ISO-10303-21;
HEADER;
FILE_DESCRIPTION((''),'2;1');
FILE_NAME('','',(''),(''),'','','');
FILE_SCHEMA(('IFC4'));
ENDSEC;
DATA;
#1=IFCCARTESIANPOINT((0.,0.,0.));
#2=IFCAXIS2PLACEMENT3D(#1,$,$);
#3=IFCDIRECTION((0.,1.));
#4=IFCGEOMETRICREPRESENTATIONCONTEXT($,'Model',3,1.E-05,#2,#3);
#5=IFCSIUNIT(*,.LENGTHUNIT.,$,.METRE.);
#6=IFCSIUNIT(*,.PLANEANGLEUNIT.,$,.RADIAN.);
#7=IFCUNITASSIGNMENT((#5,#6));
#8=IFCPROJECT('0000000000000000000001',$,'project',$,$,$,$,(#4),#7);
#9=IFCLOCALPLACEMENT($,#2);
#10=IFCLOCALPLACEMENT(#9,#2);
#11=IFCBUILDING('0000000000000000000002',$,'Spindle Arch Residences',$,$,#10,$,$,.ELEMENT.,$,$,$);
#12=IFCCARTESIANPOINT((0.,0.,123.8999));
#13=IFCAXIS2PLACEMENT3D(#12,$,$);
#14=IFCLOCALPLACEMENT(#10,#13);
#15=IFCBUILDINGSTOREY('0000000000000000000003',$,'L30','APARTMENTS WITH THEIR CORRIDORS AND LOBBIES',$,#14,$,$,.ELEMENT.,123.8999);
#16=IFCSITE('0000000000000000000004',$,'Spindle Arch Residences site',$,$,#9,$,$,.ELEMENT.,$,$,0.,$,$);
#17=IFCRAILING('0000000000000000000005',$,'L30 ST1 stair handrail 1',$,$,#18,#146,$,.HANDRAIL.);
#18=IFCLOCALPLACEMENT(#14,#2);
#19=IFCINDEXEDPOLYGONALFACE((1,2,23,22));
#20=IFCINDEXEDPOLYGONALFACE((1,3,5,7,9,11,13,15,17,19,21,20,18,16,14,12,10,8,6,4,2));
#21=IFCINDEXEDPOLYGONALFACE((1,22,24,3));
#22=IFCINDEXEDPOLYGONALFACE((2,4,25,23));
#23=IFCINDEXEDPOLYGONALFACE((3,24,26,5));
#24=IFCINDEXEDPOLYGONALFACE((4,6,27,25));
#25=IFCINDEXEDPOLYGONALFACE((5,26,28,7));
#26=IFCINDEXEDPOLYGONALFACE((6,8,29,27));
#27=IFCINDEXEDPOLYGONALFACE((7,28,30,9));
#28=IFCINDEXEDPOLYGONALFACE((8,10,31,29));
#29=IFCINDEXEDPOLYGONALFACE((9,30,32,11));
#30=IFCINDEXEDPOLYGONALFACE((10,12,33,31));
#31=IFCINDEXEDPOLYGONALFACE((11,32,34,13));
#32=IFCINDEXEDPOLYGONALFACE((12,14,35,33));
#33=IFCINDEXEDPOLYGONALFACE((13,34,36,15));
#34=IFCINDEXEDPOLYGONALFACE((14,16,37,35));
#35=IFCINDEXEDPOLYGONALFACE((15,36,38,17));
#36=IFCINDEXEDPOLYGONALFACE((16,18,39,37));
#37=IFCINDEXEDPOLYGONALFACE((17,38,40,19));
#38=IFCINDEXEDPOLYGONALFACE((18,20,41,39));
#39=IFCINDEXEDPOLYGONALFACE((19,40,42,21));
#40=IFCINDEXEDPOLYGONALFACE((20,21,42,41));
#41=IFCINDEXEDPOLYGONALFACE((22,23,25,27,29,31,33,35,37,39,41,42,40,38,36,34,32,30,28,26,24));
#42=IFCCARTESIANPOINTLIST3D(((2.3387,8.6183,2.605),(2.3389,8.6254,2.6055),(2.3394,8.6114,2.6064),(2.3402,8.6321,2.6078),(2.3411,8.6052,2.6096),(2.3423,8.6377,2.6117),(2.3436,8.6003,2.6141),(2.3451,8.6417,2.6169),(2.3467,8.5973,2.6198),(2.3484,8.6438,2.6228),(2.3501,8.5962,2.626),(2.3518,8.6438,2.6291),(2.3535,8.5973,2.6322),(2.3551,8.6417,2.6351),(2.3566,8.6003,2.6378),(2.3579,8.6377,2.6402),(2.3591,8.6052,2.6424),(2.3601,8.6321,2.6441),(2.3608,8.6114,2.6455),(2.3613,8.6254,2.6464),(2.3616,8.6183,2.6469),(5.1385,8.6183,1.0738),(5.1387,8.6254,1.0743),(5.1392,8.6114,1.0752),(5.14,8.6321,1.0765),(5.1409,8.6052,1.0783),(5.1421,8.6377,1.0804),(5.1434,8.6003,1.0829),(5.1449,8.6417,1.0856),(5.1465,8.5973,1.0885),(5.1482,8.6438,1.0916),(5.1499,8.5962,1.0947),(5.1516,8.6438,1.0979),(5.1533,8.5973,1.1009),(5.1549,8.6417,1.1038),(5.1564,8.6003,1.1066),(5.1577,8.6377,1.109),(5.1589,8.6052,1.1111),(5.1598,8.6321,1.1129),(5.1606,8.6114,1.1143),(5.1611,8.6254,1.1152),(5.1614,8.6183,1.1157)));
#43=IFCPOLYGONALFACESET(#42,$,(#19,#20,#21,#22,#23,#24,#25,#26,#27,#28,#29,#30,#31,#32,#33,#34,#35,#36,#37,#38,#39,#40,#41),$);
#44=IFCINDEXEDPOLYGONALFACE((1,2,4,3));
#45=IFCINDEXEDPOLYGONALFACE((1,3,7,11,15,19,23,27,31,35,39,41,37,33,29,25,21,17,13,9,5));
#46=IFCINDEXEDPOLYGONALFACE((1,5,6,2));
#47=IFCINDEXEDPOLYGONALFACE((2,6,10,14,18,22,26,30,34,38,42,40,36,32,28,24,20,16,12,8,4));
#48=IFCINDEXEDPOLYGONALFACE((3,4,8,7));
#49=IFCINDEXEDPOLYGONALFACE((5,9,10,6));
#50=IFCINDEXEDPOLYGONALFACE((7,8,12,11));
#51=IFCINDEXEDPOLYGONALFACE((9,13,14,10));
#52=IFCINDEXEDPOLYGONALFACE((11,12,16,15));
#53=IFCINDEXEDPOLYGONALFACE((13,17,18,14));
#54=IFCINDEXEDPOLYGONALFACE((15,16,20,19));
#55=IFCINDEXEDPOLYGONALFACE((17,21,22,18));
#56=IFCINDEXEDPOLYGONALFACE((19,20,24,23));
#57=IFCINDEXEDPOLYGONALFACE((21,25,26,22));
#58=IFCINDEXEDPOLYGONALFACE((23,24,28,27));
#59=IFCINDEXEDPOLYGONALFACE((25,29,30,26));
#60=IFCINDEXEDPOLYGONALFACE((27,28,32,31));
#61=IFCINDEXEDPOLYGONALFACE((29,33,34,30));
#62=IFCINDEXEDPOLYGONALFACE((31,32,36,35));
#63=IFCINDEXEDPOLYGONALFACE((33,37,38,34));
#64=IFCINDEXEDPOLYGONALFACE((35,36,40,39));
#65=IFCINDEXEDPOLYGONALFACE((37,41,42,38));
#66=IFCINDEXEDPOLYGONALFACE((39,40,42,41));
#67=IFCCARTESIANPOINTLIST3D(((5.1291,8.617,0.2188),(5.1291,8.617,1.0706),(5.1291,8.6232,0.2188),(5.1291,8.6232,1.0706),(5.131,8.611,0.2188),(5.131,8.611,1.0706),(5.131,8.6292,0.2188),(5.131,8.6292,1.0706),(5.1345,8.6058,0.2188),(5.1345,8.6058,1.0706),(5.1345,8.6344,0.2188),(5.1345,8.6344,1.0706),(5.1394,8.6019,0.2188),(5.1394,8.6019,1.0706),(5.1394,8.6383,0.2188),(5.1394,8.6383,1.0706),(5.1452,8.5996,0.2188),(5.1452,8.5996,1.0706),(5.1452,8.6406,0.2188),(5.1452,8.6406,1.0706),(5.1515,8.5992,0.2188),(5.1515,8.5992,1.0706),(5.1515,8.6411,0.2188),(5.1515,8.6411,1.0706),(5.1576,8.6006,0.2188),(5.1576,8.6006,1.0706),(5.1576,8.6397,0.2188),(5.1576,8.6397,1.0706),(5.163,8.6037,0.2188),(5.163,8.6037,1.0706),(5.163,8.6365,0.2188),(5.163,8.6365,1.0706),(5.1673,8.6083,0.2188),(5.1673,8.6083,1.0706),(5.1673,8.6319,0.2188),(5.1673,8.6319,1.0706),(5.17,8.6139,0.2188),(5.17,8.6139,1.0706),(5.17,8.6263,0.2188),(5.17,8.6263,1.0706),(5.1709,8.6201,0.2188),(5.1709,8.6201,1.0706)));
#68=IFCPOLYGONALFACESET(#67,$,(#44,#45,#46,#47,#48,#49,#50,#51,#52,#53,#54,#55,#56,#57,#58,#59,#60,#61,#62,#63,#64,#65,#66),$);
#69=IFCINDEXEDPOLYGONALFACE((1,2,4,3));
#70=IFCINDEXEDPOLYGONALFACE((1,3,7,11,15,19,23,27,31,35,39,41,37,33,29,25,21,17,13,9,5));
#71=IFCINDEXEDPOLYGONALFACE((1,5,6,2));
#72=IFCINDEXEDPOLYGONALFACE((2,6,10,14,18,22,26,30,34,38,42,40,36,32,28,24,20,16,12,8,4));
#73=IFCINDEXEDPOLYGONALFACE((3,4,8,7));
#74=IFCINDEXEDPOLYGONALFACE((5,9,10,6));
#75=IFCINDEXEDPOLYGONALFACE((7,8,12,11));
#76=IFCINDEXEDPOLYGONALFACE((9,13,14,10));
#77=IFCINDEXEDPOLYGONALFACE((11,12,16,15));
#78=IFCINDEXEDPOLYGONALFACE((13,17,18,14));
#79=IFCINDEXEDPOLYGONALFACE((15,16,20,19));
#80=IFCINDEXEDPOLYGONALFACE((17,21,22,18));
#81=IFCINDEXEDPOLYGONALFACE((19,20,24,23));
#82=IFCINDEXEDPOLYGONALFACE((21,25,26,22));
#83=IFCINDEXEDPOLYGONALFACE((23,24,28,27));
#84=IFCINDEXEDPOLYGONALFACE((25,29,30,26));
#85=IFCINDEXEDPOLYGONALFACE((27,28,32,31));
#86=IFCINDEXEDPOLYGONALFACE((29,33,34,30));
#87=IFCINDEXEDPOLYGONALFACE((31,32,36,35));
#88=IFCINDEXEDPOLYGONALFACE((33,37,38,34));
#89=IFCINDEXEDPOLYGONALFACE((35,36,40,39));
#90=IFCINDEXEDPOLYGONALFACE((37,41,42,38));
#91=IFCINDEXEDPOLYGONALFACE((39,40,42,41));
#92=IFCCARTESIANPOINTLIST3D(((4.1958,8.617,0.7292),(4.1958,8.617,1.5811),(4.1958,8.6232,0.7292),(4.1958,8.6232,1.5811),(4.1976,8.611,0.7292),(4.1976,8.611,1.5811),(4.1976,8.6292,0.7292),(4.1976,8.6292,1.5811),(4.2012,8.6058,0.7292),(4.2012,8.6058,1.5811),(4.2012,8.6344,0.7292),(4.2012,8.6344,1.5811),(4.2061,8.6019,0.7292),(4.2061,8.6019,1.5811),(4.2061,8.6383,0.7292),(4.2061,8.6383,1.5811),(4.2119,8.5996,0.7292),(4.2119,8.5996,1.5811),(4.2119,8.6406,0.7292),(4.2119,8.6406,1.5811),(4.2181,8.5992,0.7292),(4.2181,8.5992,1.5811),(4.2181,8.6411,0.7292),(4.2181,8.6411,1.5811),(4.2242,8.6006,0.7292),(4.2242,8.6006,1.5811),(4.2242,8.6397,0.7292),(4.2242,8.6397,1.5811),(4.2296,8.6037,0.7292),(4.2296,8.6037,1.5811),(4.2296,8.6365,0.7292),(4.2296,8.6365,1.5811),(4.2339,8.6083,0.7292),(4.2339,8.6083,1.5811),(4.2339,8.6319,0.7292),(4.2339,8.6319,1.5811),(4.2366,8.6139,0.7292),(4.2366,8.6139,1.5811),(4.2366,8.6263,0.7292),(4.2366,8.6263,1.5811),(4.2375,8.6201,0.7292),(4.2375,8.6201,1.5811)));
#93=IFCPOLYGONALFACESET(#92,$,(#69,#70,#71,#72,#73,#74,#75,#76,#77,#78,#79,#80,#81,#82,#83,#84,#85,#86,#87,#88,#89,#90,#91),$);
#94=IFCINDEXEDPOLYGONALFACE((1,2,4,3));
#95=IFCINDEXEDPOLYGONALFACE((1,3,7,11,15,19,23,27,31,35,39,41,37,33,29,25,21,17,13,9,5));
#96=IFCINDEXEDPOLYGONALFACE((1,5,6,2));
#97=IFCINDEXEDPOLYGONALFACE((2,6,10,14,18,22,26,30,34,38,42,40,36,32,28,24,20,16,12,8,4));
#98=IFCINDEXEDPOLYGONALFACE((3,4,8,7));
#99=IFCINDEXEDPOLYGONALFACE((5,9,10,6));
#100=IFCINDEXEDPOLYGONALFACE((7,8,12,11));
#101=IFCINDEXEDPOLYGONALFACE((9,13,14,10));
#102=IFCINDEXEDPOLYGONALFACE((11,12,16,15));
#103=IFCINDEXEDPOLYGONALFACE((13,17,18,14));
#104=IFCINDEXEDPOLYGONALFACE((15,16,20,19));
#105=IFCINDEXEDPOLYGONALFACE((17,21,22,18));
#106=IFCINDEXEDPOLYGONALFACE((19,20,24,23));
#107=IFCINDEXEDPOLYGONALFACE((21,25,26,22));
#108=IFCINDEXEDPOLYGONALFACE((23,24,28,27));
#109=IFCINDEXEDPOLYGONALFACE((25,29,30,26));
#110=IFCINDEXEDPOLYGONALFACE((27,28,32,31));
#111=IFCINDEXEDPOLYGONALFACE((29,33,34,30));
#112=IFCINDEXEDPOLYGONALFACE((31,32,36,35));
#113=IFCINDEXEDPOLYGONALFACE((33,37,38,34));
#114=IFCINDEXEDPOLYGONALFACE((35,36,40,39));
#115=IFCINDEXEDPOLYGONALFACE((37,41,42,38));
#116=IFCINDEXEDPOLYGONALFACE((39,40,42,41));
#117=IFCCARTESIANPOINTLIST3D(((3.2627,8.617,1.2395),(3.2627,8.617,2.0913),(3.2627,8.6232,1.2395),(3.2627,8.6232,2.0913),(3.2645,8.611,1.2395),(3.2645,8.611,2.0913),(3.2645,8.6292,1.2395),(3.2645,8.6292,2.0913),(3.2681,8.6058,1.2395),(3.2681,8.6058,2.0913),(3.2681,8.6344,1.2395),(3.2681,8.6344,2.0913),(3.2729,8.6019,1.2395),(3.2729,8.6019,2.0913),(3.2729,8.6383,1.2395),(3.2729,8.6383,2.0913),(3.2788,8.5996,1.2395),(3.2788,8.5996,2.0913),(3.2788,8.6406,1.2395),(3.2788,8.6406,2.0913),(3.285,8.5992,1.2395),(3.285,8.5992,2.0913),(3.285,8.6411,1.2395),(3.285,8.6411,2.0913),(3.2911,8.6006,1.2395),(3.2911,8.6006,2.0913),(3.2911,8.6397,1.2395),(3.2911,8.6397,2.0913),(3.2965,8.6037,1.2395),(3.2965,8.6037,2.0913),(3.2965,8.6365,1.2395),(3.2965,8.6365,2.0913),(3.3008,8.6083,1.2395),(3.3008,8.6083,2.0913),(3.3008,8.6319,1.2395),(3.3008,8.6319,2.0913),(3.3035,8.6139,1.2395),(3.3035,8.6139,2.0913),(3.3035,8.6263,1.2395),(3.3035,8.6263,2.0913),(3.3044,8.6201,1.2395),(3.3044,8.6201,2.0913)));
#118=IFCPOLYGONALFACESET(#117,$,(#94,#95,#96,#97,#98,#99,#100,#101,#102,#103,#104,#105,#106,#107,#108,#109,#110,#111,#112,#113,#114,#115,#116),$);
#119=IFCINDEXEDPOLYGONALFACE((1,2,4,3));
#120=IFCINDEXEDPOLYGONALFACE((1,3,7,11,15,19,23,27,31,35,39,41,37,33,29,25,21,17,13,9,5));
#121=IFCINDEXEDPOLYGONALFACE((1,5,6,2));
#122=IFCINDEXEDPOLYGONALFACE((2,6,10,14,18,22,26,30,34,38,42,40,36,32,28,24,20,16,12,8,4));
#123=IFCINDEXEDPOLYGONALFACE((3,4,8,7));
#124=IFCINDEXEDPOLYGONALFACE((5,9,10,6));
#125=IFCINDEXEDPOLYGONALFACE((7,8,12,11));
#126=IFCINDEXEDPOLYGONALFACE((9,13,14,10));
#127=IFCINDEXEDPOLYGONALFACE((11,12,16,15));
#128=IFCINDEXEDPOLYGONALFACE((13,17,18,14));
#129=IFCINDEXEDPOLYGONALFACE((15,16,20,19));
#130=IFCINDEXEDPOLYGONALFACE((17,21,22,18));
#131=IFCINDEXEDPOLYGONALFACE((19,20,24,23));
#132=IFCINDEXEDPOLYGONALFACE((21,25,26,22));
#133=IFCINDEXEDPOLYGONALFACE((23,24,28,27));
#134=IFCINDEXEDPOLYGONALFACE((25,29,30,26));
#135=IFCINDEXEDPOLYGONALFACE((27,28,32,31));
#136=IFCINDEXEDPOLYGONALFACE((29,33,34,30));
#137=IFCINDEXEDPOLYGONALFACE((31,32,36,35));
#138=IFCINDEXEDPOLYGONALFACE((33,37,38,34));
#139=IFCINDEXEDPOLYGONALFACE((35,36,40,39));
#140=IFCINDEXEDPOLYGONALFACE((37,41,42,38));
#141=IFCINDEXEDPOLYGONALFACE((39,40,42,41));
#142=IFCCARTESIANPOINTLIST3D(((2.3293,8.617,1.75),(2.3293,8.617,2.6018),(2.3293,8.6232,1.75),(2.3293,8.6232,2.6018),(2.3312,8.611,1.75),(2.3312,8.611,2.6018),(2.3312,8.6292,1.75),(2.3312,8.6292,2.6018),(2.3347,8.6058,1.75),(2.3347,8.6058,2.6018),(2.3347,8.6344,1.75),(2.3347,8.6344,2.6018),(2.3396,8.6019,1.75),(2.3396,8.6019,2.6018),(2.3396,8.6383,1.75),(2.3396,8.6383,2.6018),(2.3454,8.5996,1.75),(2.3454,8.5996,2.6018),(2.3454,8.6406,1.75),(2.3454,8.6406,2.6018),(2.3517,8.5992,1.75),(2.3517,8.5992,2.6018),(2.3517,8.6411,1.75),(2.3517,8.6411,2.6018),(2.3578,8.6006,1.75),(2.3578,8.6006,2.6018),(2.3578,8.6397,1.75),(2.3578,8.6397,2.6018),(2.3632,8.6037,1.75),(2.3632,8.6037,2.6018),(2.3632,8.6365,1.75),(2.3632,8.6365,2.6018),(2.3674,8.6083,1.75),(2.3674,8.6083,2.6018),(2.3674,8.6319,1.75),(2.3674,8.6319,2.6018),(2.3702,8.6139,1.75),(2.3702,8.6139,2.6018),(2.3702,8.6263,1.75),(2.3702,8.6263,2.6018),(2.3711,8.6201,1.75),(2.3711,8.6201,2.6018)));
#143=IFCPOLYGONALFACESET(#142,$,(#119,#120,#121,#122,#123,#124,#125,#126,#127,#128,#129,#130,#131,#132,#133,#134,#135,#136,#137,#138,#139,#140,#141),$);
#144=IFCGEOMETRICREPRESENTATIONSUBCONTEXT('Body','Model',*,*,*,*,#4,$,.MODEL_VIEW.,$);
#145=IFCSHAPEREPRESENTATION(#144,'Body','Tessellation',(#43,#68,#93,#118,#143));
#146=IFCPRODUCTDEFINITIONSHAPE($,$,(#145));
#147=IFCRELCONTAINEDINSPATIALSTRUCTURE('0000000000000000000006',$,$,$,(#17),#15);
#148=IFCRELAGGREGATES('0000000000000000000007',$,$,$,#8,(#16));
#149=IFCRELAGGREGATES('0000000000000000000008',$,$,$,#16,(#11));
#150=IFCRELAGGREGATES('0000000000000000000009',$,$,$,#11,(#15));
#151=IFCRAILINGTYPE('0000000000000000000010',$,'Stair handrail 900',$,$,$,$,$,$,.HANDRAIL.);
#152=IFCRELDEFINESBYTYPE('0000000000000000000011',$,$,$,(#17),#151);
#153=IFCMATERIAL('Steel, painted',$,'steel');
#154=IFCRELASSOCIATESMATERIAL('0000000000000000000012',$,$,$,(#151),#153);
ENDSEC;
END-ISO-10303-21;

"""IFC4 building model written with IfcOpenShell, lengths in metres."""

from ifc_helpers import new_model, si_unit, direction, frame, origin, origin_2d, place, context, subcontext, project, spatial, circle, extrude, material, type_object, element, save


model = new_model("IFC4")

# Units and contexts
model_context = context("Model", 3, precision=1e-05, world=origin(), true_north=direction((0.0, 1.0)))
body_context = subcontext(model_context, "Body", "Model", "MODEL_VIEW")
ifc_project = project(units=[si_unit("LENGTHUNIT", "METRE"), si_unit("PLANEANGLEUNIT", "RADIAN")], contexts=[model_context])

# Site, building, storey
site_placement = place(None, origin())
site = spatial("IfcSite", under=ifc_project, at=site_placement, Name="Spindle Arch Residences site", CompositionType="ELEMENT", RefElevation=0.0)
building_placement = place(site_placement, origin())
building = spatial("IfcBuilding", under=site, at=building_placement, Name="Spindle Arch Residences", CompositionType="ELEMENT")
storey_placement = place(building_placement, frame((0.0, 0.0, 123.8999)))
storey = spatial("IfcBuildingStorey", under=building, at=storey_placement, Name="L30", Description="APARTMENTS WITH THEIR CORRIDORS AND LOBBIES", CompositionType="ELEMENT", Elevation=123.8999)

# Railing
ifc_material_1 = material(Name="Steel, painted", Category="steel")
railing_type = type_object("IfcRailingType", Name="Stair handrail 900", PredefinedType="HANDRAIL", material=ifc_material_1)
railing_placement = place(storey_placement, frame((5.1499, 8.6201, 0.2188)))
element("IfcRailing", 1, at=railing_placement, inside=storey, type_object=railing_type, Name="L30 ST1 stair handrail 1", PredefinedType="HANDRAIL", context=body_context, shape_type="SweptSolid", body=[
    extrude(circle(Radius=0.0239, at=origin_2d()), frame((0.0, 0.0, 0.876), z_axis=(-0.877357, 0.0, 0.479838), x_axis=(0.0, -1.0, 0.0)), (0.0, 0.0, 1.0), 3.1912),
    extrude(circle(Radius=0.021, at=origin_2d()), origin(), (0.0, 0.0, 1.0), 0.8518),
    extrude(circle(Radius=0.021, at=origin_2d()), frame((-0.9333, 0.0, 0.5105)), (0.0, 0.0, 1.0), 0.8518),
    extrude(circle(Radius=0.021, at=origin_2d()), frame((-1.8665, 0.0, 1.0208)), (0.0, 0.0, 1.0), 0.8518),
    extrude(circle(Radius=0.021, at=origin_2d()), frame((-2.7998, 0.0, 1.5312)), (0.0, 0.0, 1.0), 0.8518),
])

save(model, "model.ifc")
